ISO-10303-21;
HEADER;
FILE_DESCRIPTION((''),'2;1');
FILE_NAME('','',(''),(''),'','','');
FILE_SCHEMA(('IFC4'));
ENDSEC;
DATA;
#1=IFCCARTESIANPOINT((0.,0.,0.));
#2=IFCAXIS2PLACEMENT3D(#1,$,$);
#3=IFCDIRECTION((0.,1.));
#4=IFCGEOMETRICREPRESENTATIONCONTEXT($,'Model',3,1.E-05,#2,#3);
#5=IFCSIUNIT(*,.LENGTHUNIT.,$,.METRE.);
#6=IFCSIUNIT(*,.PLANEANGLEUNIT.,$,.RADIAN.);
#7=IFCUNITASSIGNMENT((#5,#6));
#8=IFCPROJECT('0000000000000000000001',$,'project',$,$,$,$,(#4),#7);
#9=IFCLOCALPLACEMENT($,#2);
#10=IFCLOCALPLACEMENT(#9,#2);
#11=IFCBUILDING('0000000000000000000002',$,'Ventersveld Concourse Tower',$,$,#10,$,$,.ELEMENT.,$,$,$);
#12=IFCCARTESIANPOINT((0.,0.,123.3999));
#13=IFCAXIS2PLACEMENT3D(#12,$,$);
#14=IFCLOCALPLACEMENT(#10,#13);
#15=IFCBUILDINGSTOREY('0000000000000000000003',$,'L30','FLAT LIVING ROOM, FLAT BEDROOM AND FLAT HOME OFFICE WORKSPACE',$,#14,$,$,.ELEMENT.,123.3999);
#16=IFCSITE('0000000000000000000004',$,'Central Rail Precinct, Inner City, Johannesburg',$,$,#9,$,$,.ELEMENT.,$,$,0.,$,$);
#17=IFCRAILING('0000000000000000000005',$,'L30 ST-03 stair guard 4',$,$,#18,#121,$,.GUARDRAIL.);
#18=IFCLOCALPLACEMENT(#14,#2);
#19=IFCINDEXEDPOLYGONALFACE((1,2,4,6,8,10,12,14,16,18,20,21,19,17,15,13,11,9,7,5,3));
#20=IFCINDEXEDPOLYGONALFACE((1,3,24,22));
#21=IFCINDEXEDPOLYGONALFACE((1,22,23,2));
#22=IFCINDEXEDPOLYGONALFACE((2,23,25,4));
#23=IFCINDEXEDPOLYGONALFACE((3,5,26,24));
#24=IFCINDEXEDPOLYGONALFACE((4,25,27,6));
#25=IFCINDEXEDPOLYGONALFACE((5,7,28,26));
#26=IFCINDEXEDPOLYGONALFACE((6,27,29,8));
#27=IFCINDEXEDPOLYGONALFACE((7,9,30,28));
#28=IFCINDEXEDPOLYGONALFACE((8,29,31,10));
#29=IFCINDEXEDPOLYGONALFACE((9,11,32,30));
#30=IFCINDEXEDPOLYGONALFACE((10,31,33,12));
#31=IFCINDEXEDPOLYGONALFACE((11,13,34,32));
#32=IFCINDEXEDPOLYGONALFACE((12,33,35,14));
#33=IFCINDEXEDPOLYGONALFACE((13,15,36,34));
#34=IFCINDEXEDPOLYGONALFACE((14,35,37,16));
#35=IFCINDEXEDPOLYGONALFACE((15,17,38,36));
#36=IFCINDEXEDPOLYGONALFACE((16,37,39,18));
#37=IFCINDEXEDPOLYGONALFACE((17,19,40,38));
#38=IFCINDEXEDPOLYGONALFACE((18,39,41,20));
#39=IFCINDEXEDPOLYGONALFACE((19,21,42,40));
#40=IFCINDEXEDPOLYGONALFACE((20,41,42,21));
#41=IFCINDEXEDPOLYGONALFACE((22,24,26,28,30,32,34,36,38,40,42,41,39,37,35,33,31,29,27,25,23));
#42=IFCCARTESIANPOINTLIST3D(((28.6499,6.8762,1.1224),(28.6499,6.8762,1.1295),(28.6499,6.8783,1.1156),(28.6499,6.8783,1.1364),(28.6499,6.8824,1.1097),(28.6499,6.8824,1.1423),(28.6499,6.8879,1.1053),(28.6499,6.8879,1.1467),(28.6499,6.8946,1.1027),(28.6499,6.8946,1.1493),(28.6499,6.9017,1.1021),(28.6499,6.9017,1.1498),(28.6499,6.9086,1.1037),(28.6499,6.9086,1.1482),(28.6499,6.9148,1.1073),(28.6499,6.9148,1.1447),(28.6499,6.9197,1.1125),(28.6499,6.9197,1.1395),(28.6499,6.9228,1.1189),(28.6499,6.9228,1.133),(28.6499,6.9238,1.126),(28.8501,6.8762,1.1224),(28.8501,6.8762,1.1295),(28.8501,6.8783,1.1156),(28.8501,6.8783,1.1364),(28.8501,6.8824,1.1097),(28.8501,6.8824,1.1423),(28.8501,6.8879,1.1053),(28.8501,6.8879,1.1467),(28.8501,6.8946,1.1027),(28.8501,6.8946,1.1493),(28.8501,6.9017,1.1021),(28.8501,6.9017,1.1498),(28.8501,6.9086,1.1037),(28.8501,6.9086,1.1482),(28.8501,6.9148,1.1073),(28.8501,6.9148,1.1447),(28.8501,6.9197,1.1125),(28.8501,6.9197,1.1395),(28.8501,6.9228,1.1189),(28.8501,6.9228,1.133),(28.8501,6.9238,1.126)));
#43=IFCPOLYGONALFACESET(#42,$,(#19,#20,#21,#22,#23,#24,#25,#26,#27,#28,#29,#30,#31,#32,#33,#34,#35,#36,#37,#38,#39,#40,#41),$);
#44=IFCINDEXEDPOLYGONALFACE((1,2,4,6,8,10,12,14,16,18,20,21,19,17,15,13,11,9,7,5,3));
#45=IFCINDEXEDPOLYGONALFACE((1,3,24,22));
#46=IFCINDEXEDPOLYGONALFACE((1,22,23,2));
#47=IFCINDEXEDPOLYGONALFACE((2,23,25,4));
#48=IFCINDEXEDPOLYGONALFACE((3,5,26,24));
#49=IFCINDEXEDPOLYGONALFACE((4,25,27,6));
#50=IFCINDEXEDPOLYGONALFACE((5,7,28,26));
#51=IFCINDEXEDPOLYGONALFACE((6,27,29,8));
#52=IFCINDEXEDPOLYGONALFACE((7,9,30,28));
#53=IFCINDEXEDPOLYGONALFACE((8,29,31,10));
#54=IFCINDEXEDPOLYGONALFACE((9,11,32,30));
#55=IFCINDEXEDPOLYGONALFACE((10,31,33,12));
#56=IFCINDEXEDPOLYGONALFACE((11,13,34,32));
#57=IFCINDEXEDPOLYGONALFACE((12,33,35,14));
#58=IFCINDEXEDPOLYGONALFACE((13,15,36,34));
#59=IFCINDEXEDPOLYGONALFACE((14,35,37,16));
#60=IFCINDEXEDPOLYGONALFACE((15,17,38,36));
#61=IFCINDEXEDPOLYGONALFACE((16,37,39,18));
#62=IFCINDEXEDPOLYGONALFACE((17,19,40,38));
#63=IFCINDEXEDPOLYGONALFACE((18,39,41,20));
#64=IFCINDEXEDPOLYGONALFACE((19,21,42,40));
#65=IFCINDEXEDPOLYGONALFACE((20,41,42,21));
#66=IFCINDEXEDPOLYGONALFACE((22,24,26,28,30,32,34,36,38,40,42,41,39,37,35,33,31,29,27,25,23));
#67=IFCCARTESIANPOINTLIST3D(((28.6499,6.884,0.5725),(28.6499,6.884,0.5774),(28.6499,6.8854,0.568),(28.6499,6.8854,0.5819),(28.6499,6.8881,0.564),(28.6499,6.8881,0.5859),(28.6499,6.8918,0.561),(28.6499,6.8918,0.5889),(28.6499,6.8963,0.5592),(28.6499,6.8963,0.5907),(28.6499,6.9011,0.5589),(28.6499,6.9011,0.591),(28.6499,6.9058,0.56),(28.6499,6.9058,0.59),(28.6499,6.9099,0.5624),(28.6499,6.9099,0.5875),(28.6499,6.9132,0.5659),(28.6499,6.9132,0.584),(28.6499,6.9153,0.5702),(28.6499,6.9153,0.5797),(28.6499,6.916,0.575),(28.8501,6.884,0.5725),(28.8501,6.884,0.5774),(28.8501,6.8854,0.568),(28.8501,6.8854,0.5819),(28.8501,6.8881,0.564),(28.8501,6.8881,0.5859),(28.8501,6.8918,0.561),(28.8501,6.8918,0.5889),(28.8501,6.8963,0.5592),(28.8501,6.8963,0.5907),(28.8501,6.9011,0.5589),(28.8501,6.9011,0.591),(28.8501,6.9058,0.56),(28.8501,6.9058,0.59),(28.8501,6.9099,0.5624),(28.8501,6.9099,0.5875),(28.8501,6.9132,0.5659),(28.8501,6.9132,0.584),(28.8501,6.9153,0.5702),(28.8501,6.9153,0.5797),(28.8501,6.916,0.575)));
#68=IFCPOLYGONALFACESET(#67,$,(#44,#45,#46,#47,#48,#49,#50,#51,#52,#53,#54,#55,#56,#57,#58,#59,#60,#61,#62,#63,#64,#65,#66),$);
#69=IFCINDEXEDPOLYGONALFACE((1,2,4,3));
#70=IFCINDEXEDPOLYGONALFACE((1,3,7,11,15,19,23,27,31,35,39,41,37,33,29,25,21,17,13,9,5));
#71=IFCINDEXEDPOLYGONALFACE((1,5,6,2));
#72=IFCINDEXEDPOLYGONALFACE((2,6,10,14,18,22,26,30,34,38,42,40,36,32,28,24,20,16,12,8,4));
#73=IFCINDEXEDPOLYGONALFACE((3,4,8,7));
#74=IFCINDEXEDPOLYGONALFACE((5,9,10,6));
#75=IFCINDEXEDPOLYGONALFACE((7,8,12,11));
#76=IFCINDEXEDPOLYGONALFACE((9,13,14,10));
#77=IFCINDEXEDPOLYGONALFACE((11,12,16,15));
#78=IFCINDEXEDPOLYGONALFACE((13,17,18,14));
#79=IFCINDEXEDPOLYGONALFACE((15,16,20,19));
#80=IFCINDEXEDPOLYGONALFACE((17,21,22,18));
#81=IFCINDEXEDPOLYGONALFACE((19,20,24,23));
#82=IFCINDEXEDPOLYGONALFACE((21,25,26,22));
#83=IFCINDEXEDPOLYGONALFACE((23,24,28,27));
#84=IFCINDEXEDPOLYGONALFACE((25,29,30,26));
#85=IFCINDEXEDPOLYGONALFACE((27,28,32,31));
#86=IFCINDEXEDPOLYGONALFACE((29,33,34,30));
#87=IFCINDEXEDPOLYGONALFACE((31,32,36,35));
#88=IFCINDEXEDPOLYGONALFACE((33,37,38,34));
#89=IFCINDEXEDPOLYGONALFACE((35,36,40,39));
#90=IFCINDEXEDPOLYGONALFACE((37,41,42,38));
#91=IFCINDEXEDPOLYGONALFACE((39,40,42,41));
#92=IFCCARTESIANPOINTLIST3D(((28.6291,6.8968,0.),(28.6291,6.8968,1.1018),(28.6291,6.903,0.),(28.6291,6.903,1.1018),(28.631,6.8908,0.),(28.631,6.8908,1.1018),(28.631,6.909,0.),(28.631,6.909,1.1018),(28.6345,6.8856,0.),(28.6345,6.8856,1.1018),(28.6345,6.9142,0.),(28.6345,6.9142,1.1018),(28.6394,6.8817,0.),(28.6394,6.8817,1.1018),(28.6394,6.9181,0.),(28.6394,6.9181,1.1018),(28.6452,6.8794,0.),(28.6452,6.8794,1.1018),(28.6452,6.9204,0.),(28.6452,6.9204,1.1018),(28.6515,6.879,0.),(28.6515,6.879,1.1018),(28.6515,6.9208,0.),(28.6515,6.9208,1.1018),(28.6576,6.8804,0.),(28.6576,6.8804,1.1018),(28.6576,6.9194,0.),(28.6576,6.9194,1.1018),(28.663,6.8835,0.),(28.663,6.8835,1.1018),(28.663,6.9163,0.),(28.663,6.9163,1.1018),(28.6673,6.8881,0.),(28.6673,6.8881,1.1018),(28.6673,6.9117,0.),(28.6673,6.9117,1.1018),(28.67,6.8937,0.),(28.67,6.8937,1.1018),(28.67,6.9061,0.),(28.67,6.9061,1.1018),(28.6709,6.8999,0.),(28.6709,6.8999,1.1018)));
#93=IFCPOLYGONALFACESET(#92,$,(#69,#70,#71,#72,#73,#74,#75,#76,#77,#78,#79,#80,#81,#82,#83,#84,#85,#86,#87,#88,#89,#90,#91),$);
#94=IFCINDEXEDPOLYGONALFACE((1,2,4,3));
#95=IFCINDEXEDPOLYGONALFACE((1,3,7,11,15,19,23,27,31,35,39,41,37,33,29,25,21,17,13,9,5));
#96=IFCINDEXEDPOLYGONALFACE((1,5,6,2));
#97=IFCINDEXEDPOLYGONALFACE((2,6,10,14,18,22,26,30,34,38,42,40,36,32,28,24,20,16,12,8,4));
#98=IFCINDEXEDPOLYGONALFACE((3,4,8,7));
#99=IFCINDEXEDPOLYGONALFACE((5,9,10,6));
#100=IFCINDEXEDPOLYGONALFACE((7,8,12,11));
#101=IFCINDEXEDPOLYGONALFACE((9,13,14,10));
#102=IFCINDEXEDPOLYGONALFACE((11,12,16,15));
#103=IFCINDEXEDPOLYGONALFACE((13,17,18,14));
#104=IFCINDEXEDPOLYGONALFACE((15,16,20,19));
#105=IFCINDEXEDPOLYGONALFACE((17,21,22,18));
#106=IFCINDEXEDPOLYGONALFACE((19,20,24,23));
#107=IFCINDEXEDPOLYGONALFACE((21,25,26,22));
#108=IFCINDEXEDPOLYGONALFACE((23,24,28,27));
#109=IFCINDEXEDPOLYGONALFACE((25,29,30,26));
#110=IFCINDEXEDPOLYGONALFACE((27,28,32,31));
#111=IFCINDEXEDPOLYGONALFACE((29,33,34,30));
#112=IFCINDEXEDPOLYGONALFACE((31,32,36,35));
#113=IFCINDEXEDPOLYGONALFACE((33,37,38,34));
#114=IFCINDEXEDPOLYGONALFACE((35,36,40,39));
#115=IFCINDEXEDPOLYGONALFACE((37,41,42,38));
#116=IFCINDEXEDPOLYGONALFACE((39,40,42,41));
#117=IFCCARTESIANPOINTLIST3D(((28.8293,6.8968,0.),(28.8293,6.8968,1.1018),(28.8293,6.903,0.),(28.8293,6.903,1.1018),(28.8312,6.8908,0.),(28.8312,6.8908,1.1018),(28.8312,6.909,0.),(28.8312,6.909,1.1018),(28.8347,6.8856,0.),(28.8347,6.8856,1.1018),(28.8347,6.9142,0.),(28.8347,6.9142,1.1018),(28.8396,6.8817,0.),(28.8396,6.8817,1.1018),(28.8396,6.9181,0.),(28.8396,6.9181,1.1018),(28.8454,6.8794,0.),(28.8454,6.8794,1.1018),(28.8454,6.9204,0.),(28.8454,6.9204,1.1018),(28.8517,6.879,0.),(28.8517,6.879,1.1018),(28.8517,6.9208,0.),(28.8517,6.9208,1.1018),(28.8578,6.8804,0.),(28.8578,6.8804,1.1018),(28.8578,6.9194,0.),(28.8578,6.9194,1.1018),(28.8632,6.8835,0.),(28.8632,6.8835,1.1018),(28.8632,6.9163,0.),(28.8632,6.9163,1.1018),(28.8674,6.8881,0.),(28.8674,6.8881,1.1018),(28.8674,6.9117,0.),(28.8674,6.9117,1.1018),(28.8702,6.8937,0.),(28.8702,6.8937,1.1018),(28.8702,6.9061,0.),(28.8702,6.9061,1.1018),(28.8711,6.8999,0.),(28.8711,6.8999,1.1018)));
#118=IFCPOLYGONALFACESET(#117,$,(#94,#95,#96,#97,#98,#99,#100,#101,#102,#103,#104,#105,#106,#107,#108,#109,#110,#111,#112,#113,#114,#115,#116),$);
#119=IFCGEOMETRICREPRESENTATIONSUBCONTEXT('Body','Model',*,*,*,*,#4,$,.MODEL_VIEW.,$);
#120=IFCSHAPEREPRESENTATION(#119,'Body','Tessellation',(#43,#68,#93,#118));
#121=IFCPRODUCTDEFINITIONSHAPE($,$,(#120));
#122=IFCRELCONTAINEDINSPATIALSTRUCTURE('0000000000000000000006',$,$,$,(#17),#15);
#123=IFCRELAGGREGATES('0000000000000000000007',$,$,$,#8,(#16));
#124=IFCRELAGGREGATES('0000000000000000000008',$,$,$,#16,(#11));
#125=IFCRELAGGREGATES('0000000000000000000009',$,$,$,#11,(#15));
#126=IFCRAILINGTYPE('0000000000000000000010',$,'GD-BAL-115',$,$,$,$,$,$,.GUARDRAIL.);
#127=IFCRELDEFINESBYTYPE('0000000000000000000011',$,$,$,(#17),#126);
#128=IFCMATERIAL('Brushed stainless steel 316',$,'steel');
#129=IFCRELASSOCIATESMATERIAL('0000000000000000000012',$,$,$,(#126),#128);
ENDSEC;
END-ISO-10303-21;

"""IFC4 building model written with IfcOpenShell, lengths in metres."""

from ifc_helpers import new_model, si_unit, direction, frame, origin, origin_2d, place, context, subcontext, project, spatial, circle, extrude, material, type_object, element, save


model = new_model("IFC4")

# Units and contexts
model_context = context("Model", 3, precision=1e-05, world=origin(), true_north=direction((0.0, 1.0)))
body_context = subcontext(model_context, "Body", "Model", "MODEL_VIEW")
ifc_project = project(units=[si_unit("LENGTHUNIT", "METRE"), si_unit("PLANEANGLEUNIT", "RADIAN")], contexts=[model_context])

# Site, building, storey
site_placement = place(None, origin())
site = spatial("IfcSite", under=ifc_project, at=site_placement, Name="Central Rail Precinct, Inner City, Johannesburg", CompositionType="ELEMENT", RefElevation=0.0)
building_placement = place(site_placement, origin())
building = spatial("IfcBuilding", under=site, at=building_placement, Name="Ventersveld Concourse Tower", CompositionType="ELEMENT")
storey_placement = place(building_placement, frame((0.0, 0.0, 123.3999)))
storey = spatial("IfcBuildingStorey", under=building, at=storey_placement, Name="L30", Description="FLAT LIVING ROOM, FLAT BEDROOM AND FLAT HOME OFFICE WORKSPACE", CompositionType="ELEMENT", Elevation=123.3999)

# Shared definitions
ifc_material_1 = material(Name="Brushed stainless steel 316", Category="steel")

# Railing
railing_type_1 = type_object("IfcRailingType", Name="GD-BAL-115", PredefinedType="GUARDRAIL", material=ifc_material_1)
railing_1_placement = place(storey_placement, frame((28.6499, 6.8999, 0.0)))
element("IfcRailing", 1, at=railing_1_placement, inside=storey, type_object=railing_type_1, Name="L30 ST-03 stair guard 4", PredefinedType="GUARDRAIL", context=body_context, shape_type="SweptSolid", body=[
    extrude(circle(Radius=0.0239, at=origin_2d()), frame((0.0, 0.0, 1.126), z_axis=(1.0, 0.0, 0.0), x_axis=(0.0, 1.0, 0.0)), (0.0, 0.0, 1.0), 0.2002),
    extrude(circle(Radius=0.0161, at=origin_2d()), frame((0.0, 0.0, 0.575), z_axis=(1.0, 0.0, 0.0), x_axis=(0.0, 1.0, 0.0)), (0.0, 0.0, 1.0), 0.2002),
    extrude(circle(Radius=0.021, at=origin_2d()), origin(), (0.0, 0.0, 1.0), 1.1018),
    extrude(circle(Radius=0.021, at=origin_2d()), frame((0.2002, 0.0, 0.0)), (0.0, 0.0, 1.0), 1.1018),
])

save(model, "model.ifc")
